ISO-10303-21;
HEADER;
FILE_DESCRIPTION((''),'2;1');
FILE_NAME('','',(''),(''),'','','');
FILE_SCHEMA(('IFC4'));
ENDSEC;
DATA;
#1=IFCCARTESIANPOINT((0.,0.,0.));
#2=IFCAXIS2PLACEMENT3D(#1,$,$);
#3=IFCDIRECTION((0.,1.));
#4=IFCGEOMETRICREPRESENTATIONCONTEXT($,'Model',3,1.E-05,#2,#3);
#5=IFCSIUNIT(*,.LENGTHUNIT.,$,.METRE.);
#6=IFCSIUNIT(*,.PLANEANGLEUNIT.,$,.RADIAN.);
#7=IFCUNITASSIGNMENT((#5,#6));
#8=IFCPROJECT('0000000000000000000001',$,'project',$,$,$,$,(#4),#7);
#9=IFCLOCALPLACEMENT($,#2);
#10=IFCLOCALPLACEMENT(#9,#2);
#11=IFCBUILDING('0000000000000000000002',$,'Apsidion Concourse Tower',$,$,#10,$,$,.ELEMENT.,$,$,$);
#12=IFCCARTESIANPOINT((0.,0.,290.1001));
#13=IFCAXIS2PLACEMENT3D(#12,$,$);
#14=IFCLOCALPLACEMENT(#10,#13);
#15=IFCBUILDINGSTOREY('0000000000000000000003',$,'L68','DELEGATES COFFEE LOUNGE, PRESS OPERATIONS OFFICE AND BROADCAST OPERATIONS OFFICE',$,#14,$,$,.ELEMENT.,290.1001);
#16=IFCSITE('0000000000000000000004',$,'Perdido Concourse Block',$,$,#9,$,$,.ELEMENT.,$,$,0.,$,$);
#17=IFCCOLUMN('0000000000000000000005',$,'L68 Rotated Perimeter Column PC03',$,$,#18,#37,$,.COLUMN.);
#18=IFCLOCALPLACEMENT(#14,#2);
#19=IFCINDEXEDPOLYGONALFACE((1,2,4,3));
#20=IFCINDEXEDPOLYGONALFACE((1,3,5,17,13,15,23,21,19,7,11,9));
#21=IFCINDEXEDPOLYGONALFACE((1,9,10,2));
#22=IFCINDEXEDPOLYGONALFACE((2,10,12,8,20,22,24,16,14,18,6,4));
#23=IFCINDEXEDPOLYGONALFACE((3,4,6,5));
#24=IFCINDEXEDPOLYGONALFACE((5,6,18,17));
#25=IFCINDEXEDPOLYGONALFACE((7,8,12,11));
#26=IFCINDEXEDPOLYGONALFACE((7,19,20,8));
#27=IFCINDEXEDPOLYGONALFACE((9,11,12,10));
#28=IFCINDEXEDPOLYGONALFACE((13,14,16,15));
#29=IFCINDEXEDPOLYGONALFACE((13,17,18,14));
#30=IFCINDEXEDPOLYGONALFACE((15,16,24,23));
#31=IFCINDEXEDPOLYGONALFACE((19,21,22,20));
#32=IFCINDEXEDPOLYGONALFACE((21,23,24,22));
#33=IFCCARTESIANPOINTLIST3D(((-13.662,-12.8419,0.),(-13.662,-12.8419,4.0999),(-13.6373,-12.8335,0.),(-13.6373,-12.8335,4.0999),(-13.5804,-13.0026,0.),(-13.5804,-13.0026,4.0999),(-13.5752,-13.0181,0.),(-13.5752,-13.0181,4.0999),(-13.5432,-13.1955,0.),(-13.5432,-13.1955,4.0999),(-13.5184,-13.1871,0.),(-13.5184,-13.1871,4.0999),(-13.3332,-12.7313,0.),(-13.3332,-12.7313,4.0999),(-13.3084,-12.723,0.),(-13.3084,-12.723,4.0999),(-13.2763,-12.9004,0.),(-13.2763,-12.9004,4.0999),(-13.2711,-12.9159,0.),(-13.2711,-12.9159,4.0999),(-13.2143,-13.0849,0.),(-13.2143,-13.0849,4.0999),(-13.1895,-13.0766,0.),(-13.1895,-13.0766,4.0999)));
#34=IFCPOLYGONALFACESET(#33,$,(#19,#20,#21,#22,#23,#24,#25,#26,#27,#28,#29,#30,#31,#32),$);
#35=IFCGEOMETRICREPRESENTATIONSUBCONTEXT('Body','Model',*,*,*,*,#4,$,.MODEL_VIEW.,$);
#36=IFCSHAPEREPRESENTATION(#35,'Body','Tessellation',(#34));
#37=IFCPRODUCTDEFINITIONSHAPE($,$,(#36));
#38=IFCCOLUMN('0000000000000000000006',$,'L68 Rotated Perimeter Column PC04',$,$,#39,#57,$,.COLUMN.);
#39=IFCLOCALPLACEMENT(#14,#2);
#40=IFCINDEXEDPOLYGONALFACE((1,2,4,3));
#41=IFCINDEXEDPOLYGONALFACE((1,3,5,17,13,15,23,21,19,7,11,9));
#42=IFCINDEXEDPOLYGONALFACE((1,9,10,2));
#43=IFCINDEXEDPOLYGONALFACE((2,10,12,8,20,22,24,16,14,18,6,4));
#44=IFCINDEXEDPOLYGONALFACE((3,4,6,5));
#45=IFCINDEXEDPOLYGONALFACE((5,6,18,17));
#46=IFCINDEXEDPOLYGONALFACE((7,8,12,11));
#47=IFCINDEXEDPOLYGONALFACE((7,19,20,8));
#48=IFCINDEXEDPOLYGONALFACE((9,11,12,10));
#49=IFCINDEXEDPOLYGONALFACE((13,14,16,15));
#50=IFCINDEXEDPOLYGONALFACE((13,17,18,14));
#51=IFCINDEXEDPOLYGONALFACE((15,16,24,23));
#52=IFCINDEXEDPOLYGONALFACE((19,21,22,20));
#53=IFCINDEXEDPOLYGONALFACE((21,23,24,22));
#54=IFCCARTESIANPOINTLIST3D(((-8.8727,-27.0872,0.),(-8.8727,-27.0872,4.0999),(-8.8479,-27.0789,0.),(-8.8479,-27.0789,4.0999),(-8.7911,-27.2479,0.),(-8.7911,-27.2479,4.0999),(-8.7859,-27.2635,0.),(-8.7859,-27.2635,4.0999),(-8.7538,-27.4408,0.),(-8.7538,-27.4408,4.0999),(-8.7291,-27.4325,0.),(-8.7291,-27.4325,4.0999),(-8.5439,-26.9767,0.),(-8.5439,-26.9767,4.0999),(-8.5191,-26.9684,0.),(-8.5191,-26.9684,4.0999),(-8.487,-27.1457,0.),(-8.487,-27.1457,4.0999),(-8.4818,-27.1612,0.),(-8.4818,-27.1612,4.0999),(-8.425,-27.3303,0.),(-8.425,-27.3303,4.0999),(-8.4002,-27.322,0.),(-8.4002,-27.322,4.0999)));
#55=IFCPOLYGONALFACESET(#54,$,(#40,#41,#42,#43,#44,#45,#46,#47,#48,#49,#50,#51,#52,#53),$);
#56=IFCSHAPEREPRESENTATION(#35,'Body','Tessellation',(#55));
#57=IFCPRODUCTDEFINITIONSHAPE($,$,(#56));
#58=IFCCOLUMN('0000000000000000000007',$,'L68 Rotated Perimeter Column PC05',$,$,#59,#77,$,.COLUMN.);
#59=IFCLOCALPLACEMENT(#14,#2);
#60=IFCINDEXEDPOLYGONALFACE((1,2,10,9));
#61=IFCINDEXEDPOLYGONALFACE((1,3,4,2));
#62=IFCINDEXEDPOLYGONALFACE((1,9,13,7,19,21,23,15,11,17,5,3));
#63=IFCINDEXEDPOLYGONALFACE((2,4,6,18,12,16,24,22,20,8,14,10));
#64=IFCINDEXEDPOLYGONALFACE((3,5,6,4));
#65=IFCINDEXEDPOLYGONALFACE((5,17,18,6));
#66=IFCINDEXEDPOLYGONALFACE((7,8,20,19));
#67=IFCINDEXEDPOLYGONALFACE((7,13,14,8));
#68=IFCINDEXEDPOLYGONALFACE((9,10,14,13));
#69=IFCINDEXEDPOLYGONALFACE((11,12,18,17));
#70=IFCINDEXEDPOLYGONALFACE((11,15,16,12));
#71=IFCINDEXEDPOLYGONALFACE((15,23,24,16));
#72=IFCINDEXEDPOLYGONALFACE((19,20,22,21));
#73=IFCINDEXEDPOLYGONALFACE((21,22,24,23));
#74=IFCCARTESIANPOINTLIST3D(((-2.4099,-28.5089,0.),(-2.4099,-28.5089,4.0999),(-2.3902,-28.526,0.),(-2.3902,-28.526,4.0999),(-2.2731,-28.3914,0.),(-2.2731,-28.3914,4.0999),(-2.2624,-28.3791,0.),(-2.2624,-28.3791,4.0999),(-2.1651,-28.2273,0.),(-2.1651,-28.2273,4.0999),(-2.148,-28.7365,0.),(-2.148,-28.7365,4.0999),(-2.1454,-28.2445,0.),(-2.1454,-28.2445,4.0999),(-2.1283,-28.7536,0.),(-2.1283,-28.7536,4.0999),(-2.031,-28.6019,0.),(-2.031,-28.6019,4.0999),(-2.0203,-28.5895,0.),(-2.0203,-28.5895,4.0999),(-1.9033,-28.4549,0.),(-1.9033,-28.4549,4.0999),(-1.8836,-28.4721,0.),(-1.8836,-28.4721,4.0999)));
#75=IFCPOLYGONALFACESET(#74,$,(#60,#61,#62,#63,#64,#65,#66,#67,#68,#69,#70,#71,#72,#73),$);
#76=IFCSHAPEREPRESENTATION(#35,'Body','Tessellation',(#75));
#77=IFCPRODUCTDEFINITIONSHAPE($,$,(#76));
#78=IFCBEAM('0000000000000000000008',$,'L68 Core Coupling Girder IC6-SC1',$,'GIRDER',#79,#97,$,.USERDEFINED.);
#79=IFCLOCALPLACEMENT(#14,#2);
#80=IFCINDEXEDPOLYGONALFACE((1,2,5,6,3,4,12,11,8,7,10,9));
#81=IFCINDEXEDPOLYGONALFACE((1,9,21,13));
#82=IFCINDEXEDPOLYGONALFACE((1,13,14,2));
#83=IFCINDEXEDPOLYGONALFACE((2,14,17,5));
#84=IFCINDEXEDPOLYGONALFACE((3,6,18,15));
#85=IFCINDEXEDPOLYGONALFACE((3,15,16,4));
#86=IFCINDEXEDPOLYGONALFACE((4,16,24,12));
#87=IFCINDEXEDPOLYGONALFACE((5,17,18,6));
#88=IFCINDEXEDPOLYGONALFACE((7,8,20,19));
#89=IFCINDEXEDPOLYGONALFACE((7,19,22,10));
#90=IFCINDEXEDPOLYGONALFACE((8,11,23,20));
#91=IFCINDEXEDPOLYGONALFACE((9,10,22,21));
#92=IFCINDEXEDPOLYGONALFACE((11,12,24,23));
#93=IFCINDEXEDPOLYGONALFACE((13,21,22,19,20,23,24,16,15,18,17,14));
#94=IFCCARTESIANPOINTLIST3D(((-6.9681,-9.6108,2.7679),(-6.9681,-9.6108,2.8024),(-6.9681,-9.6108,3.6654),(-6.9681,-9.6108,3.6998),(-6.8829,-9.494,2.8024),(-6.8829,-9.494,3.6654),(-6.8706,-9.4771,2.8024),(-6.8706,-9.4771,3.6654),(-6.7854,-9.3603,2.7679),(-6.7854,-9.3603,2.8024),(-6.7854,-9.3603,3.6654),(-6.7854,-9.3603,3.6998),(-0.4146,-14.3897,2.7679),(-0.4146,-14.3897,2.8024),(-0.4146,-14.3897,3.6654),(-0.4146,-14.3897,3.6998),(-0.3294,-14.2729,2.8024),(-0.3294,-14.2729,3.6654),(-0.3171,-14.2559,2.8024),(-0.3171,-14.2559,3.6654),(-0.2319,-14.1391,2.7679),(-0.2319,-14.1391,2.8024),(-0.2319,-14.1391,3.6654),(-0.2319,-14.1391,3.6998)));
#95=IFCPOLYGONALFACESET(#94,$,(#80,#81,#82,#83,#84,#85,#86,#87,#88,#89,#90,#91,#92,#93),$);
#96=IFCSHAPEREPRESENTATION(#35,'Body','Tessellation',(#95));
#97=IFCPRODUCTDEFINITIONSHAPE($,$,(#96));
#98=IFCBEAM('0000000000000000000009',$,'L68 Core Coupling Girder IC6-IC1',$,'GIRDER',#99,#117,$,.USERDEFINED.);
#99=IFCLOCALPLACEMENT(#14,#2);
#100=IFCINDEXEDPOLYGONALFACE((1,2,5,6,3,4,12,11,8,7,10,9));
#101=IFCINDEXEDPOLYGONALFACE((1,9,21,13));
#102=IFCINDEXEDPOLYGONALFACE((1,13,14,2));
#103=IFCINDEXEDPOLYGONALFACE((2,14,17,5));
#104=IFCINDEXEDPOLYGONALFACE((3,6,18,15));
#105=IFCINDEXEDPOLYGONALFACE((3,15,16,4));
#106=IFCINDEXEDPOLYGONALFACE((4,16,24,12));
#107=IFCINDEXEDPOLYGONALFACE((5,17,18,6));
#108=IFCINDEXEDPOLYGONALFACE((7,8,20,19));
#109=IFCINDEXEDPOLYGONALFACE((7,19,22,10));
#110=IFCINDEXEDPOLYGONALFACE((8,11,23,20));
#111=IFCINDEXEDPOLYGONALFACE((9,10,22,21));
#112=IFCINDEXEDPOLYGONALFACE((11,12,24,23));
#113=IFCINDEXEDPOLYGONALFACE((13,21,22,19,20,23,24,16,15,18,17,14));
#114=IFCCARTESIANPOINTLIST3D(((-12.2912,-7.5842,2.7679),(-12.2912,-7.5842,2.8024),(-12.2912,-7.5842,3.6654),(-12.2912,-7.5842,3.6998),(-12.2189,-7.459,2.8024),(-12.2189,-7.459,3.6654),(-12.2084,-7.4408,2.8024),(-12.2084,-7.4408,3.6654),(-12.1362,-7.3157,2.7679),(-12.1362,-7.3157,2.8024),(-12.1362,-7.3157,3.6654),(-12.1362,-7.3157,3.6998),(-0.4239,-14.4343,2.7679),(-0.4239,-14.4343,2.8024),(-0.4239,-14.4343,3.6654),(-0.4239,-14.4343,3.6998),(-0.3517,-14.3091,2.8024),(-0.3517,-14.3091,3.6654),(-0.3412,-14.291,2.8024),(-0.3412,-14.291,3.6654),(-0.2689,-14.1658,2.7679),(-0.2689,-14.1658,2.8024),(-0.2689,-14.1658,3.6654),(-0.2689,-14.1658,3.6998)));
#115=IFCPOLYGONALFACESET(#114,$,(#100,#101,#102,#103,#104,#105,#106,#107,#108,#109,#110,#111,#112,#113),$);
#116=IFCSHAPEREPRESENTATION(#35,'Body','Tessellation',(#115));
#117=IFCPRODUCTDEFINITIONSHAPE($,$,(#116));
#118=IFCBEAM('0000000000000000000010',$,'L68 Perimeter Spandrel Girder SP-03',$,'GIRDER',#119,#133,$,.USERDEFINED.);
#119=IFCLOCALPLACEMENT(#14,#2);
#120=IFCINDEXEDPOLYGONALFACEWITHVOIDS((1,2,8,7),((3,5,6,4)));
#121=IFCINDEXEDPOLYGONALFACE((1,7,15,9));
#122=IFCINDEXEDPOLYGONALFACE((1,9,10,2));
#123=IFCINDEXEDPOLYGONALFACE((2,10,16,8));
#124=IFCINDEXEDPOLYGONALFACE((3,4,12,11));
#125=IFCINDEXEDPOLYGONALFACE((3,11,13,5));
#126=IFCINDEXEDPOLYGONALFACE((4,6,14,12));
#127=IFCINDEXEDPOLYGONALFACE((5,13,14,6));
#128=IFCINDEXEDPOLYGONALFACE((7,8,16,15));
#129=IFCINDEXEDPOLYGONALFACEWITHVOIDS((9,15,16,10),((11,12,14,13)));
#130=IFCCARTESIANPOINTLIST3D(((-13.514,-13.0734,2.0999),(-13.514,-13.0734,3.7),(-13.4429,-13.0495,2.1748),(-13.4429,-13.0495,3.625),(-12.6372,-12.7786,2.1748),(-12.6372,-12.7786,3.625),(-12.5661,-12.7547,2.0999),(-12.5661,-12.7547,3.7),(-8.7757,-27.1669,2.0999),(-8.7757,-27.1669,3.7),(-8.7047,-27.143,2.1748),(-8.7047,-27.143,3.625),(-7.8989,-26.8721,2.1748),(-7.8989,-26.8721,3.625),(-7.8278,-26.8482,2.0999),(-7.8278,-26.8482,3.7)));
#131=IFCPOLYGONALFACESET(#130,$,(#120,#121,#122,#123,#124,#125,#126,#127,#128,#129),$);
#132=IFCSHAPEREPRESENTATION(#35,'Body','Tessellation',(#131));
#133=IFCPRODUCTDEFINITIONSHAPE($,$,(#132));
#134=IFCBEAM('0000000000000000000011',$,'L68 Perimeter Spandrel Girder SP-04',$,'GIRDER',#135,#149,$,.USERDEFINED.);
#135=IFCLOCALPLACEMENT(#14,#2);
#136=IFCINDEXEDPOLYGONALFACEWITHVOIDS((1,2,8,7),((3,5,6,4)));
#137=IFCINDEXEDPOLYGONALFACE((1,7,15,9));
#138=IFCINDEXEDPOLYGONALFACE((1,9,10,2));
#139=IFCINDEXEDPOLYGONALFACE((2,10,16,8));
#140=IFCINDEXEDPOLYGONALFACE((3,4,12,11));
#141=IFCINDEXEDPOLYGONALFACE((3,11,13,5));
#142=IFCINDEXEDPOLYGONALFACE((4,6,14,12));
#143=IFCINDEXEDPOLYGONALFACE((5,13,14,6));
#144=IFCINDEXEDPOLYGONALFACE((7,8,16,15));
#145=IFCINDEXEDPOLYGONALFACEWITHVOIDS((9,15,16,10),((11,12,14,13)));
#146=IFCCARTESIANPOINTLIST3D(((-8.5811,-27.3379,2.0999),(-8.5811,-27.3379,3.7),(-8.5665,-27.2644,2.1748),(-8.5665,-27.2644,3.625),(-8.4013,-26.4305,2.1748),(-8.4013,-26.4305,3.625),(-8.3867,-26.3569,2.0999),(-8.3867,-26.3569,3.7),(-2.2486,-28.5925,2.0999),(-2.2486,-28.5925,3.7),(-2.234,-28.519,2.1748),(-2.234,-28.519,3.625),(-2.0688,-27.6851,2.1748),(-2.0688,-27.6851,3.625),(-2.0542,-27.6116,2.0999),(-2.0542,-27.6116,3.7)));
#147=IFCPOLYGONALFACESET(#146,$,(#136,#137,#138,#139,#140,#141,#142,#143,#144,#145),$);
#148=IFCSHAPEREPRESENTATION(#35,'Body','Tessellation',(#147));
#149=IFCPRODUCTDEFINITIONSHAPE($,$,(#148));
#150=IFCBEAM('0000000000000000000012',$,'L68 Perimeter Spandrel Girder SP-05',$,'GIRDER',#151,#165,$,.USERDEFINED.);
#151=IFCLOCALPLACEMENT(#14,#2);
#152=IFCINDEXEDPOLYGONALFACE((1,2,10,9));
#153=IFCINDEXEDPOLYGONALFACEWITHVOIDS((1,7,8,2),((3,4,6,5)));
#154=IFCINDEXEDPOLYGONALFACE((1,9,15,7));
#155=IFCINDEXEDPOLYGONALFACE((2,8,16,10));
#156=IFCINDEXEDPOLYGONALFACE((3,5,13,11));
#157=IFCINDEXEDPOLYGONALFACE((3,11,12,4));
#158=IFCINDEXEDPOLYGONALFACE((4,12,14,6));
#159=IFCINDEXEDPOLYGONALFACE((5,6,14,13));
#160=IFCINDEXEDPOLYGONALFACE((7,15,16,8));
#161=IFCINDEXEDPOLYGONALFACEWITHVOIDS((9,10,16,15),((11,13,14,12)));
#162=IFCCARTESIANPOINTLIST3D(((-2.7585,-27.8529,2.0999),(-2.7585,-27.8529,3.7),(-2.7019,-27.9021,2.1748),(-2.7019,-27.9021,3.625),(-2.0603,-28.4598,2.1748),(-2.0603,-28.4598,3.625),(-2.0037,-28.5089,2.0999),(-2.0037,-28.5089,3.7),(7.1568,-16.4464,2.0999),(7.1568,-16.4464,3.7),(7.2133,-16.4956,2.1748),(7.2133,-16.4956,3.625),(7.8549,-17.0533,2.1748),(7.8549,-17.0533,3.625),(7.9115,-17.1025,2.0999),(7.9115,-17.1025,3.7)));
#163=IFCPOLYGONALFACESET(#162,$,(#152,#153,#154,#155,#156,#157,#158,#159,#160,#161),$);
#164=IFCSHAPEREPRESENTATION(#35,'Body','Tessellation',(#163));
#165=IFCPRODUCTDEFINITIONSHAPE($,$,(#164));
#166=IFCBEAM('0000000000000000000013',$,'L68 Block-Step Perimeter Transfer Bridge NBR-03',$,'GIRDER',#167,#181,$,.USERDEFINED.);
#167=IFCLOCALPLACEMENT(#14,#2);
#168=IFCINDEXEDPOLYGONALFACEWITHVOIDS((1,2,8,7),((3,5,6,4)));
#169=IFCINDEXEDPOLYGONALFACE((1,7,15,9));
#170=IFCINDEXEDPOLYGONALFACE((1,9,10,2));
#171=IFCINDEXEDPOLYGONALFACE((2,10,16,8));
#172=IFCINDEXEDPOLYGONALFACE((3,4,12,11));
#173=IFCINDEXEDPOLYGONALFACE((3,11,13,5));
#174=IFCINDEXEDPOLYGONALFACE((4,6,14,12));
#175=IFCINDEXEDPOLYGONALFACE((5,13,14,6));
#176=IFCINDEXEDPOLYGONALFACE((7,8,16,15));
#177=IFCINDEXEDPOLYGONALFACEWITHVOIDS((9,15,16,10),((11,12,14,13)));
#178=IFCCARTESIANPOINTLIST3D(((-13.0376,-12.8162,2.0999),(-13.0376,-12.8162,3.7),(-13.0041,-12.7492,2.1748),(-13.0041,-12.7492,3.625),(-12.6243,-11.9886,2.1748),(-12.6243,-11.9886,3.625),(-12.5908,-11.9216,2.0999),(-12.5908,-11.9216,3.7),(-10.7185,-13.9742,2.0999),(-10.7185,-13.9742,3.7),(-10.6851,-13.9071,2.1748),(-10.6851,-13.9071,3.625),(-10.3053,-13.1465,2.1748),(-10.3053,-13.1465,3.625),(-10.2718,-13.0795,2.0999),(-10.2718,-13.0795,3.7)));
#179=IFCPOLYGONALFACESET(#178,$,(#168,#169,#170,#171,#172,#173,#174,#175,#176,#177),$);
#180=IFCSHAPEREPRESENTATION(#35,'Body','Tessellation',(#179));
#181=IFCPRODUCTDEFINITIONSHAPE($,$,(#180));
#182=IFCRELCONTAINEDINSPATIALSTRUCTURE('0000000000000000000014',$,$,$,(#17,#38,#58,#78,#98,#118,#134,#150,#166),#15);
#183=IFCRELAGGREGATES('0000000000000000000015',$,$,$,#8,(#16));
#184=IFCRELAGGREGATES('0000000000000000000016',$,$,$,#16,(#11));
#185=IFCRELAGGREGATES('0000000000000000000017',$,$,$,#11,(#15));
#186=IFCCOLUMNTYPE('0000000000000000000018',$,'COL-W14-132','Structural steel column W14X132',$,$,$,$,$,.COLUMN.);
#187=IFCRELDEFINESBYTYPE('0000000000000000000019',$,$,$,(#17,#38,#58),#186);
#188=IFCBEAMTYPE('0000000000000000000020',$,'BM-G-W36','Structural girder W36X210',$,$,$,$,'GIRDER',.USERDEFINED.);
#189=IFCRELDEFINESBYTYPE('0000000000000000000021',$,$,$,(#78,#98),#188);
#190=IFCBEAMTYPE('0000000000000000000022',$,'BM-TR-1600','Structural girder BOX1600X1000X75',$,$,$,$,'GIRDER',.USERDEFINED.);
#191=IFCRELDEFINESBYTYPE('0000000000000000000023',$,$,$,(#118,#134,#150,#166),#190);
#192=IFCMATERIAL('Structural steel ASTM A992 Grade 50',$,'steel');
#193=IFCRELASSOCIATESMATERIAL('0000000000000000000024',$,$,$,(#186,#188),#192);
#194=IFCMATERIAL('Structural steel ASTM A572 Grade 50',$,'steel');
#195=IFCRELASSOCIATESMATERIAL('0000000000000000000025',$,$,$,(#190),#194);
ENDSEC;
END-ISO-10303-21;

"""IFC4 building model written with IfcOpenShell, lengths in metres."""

from ifc_helpers import new_model, si_unit, direction, frame, origin, origin_2d, place, context, subcontext, project, spatial, hollow_rectangle, i_section, extrude, material, material_profile, profile_set, type_object, element, save


model = new_model("IFC4")

# Units and contexts
model_context = context("Model", 3, precision=1e-05, world=origin(), true_north=direction((0.0, 1.0)))
body_context = subcontext(model_context, "Body", "Model", "MODEL_VIEW")
ifc_project = project(units=[si_unit("LENGTHUNIT", "METRE"), si_unit("PLANEANGLEUNIT", "RADIAN")], contexts=[model_context])

# Site, building, storey
site_placement = place(None, origin())
site = spatial("IfcSite", under=ifc_project, at=site_placement, Name="Perdido Concourse Block", CompositionType="ELEMENT", RefElevation=0.0)
building_placement = place(site_placement, origin())
building = spatial("IfcBuilding", under=site, at=building_placement, Name="Apsidion Concourse Tower", CompositionType="ELEMENT")
storey_placement = place(building_placement, frame((0.0, 0.0, 290.1001)))
storey = spatial("IfcBuildingStorey", under=building, at=storey_placement, Name="L68", Description="DELEGATES COFFEE LOUNGE, PRESS OPERATIONS OFFICE AND BROADCAST OPERATIONS OFFICE", CompositionType="ELEMENT", Elevation=290.1001)

# Columns
ifc_material_1 = material(Name="Structural steel ASTM A992 Grade 50", Category="steel")
ifc_material_profile_1 = material_profile(ifc_material_1, i_section(OverallWidth=0.373, OverallDepth=0.373, WebThickness=0.0164, FlangeThickness=0.0261, at=origin_2d()), Name="W14X132")
ifc_profile_set_1 = profile_set([ifc_material_profile_1], Name="Structural steel ASTM A992 Grade 50")
column_type = type_object("IfcColumnType", Name="COL-W14-132", Description="Structural steel column W14X132", PredefinedType="COLUMN", material=ifc_profile_set_1)
for number, where, z_axis, x_axis, name in (
    (1, (-13.4258, -12.9592, 0.0), (0.0, 0.0, 1.0), (-0.318628, 0.94788, 0.0), "L68 Rotated Perimeter Column PC03"),
    (2, (-8.6365, -27.2046, 0.0), (0.0, 0.0, 1.0), (-0.318628, 0.94788, 0.0), "L68 Rotated Perimeter Column PC04"),
    (3, (-2.1467, -28.4905, 0.0), (0.0, 0.0, 1.0), (0.656059, 0.75471, 0.0), "L68 Rotated Perimeter Column PC05"),
):
    element("IfcColumn", number, at=place(storey_placement, frame(where, z_axis=z_axis, x_axis=x_axis)), inside=storey, type_object=column_type, Name=name, PredefinedType="COLUMN", context=body_context, shape_type="SweptSolid", body=[
        extrude(i_section(OverallWidth=0.373, OverallDepth=0.373, WebThickness=0.0164, FlangeThickness=0.0261, at=origin_2d()), origin(), (0.0, 0.0, 1.0), 4.0999),
    ])

# Beams
ifc_material_profile_2 = material_profile(ifc_material_1, i_section(OverallWidth=0.3101, OverallDepth=0.9319, WebThickness=0.021, FlangeThickness=0.0344, at=origin_2d()), Name="W36X210")
ifc_profile_set_2 = profile_set([ifc_material_profile_2], Name="Structural steel ASTM A992 Grade 50")
beam_type_1 = type_object("IfcBeamType", Name="BM-G-W36", Description="Structural girder W36X210", ElementType="GIRDER", PredefinedType="USERDEFINED", material=ifc_profile_set_2)
beam_1_placement = place(storey_placement, frame((-0.3232, -14.2644, 3.2339), z_axis=(-0.807993, 0.589191, 0.0), x_axis=(-0.589191, -0.807993, 0.0)))
element("IfcBeam", 4, at=beam_1_placement, inside=storey, type_object=beam_type_1, Name="L68 Core Coupling Girder IC6-SC1", ObjectType="GIRDER", PredefinedType="USERDEFINED", context=body_context, shape_type="SweptSolid", body=[
    extrude(i_section(OverallWidth=0.3101, OverallDepth=0.9319, WebThickness=0.021, FlangeThickness=0.0344, at=origin_2d()), origin(), (0.0, 0.0, 1.0), 8.1108),
])
beam_2_placement = place(storey_placement, frame((-0.3464, -14.3, 3.2339), z_axis=(-0.86607, 0.499922, 0.0), x_axis=(-0.499922, -0.86607, 0.0)))
element("IfcBeam", 5, at=beam_2_placement, inside=storey, type_object=beam_type_1, Name="L68 Core Coupling Girder IC6-IC1", ObjectType="GIRDER", PredefinedType="USERDEFINED", context=body_context, shape_type="SweptSolid", body=[
    extrude(i_section(OverallWidth=0.3101, OverallDepth=0.9319, WebThickness=0.021, FlangeThickness=0.0344, at=origin_2d()), origin(), (0.0, 0.0, 1.0), 13.7024),
])
ifc_material_2 = material(Name="Structural steel ASTM A572 Grade 50", Category="steel")
ifc_material_profile_3 = material_profile(ifc_material_2, hollow_rectangle(XDim=1.0, YDim=1.6001, WallThickness=0.075, at=origin_2d()), Name="BOX1600X1000X75")
ifc_profile_set_3 = profile_set([ifc_material_profile_3], Name="Structural steel ASTM A572 Grade 50")
beam_type_2 = type_object("IfcBeamType", Name="BM-TR-1600", Description="Structural girder BOX1600X1000X75", ElementType="GIRDER", PredefinedType="USERDEFINED", material=ifc_profile_set_3)
beam_3_placement = place(storey_placement, frame((-13.04, -12.9141, 2.8999), z_axis=(0.318675, -0.947864, 0.0), x_axis=(0.947864, 0.318675, 0.0)))
element("IfcBeam", 6, at=beam_3_placement, inside=storey, type_object=beam_type_2, Name="L68 Perimeter Spandrel Girder SP-03", ObjectType="GIRDER", PredefinedType="USERDEFINED", context=body_context, shape_type="SweptSolid", body=[
    extrude(hollow_rectangle(XDim=1.0, YDim=1.6001, WallThickness=0.075, at=origin_2d()), origin(), (0.0, 0.0, 1.0), 14.8687),
])
beam_4_placement = place(storey_placement, frame((-8.4839, -26.8474, 2.8999), z_axis=(0.980933, -0.194349, 0.0), x_axis=(0.194349, 0.980933, 0.0)))
element("IfcBeam", 7, at=beam_4_placement, inside=storey, type_object=beam_type_2, Name="L68 Perimeter Spandrel Girder SP-04", ObjectType="GIRDER", PredefinedType="USERDEFINED", context=body_context, shape_type="SweptSolid", body=[
    extrude(hollow_rectangle(XDim=1.0, YDim=1.6001, WallThickness=0.075, at=origin_2d()), origin(), (0.0, 0.0, 1.0), 6.4556),
])
beam_5_placement = place(storey_placement, frame((-2.3811, -28.1809, 2.8999), z_axis=(0.65605, 0.754717, 0.0), x_axis=(-0.754717, 0.65605, 0.0)))
element("IfcBeam", 8, at=beam_5_placement, inside=storey, type_object=beam_type_2, Name="L68 Perimeter Spandrel Girder SP-05", ObjectType="GIRDER", PredefinedType="USERDEFINED", context=body_context, shape_type="SweptSolid", body=[
    extrude(hollow_rectangle(XDim=1.0, YDim=1.6001, WallThickness=0.075, at=origin_2d()), origin(), (0.0, 0.0, 1.0), 15.1135),
])
beam_6_placement = place(storey_placement, frame((-12.8142, -12.3689, 2.8999), z_axis=(0.894672, -0.446724, 0.0), x_axis=(0.446724, 0.894672, 0.0)))
element("IfcBeam", 9, at=beam_6_placement, inside=storey, type_object=beam_type_2, Name="L68 Block-Step Perimeter Transfer Bridge NBR-03", ObjectType="GIRDER", PredefinedType="USERDEFINED", context=body_context, shape_type="SweptSolid", body=[
    extrude(hollow_rectangle(XDim=1.0, YDim=1.6001, WallThickness=0.075, at=origin_2d()), origin(), (0.0, 0.0, 1.0), 2.592),
])

save(model, "model.ifc")
